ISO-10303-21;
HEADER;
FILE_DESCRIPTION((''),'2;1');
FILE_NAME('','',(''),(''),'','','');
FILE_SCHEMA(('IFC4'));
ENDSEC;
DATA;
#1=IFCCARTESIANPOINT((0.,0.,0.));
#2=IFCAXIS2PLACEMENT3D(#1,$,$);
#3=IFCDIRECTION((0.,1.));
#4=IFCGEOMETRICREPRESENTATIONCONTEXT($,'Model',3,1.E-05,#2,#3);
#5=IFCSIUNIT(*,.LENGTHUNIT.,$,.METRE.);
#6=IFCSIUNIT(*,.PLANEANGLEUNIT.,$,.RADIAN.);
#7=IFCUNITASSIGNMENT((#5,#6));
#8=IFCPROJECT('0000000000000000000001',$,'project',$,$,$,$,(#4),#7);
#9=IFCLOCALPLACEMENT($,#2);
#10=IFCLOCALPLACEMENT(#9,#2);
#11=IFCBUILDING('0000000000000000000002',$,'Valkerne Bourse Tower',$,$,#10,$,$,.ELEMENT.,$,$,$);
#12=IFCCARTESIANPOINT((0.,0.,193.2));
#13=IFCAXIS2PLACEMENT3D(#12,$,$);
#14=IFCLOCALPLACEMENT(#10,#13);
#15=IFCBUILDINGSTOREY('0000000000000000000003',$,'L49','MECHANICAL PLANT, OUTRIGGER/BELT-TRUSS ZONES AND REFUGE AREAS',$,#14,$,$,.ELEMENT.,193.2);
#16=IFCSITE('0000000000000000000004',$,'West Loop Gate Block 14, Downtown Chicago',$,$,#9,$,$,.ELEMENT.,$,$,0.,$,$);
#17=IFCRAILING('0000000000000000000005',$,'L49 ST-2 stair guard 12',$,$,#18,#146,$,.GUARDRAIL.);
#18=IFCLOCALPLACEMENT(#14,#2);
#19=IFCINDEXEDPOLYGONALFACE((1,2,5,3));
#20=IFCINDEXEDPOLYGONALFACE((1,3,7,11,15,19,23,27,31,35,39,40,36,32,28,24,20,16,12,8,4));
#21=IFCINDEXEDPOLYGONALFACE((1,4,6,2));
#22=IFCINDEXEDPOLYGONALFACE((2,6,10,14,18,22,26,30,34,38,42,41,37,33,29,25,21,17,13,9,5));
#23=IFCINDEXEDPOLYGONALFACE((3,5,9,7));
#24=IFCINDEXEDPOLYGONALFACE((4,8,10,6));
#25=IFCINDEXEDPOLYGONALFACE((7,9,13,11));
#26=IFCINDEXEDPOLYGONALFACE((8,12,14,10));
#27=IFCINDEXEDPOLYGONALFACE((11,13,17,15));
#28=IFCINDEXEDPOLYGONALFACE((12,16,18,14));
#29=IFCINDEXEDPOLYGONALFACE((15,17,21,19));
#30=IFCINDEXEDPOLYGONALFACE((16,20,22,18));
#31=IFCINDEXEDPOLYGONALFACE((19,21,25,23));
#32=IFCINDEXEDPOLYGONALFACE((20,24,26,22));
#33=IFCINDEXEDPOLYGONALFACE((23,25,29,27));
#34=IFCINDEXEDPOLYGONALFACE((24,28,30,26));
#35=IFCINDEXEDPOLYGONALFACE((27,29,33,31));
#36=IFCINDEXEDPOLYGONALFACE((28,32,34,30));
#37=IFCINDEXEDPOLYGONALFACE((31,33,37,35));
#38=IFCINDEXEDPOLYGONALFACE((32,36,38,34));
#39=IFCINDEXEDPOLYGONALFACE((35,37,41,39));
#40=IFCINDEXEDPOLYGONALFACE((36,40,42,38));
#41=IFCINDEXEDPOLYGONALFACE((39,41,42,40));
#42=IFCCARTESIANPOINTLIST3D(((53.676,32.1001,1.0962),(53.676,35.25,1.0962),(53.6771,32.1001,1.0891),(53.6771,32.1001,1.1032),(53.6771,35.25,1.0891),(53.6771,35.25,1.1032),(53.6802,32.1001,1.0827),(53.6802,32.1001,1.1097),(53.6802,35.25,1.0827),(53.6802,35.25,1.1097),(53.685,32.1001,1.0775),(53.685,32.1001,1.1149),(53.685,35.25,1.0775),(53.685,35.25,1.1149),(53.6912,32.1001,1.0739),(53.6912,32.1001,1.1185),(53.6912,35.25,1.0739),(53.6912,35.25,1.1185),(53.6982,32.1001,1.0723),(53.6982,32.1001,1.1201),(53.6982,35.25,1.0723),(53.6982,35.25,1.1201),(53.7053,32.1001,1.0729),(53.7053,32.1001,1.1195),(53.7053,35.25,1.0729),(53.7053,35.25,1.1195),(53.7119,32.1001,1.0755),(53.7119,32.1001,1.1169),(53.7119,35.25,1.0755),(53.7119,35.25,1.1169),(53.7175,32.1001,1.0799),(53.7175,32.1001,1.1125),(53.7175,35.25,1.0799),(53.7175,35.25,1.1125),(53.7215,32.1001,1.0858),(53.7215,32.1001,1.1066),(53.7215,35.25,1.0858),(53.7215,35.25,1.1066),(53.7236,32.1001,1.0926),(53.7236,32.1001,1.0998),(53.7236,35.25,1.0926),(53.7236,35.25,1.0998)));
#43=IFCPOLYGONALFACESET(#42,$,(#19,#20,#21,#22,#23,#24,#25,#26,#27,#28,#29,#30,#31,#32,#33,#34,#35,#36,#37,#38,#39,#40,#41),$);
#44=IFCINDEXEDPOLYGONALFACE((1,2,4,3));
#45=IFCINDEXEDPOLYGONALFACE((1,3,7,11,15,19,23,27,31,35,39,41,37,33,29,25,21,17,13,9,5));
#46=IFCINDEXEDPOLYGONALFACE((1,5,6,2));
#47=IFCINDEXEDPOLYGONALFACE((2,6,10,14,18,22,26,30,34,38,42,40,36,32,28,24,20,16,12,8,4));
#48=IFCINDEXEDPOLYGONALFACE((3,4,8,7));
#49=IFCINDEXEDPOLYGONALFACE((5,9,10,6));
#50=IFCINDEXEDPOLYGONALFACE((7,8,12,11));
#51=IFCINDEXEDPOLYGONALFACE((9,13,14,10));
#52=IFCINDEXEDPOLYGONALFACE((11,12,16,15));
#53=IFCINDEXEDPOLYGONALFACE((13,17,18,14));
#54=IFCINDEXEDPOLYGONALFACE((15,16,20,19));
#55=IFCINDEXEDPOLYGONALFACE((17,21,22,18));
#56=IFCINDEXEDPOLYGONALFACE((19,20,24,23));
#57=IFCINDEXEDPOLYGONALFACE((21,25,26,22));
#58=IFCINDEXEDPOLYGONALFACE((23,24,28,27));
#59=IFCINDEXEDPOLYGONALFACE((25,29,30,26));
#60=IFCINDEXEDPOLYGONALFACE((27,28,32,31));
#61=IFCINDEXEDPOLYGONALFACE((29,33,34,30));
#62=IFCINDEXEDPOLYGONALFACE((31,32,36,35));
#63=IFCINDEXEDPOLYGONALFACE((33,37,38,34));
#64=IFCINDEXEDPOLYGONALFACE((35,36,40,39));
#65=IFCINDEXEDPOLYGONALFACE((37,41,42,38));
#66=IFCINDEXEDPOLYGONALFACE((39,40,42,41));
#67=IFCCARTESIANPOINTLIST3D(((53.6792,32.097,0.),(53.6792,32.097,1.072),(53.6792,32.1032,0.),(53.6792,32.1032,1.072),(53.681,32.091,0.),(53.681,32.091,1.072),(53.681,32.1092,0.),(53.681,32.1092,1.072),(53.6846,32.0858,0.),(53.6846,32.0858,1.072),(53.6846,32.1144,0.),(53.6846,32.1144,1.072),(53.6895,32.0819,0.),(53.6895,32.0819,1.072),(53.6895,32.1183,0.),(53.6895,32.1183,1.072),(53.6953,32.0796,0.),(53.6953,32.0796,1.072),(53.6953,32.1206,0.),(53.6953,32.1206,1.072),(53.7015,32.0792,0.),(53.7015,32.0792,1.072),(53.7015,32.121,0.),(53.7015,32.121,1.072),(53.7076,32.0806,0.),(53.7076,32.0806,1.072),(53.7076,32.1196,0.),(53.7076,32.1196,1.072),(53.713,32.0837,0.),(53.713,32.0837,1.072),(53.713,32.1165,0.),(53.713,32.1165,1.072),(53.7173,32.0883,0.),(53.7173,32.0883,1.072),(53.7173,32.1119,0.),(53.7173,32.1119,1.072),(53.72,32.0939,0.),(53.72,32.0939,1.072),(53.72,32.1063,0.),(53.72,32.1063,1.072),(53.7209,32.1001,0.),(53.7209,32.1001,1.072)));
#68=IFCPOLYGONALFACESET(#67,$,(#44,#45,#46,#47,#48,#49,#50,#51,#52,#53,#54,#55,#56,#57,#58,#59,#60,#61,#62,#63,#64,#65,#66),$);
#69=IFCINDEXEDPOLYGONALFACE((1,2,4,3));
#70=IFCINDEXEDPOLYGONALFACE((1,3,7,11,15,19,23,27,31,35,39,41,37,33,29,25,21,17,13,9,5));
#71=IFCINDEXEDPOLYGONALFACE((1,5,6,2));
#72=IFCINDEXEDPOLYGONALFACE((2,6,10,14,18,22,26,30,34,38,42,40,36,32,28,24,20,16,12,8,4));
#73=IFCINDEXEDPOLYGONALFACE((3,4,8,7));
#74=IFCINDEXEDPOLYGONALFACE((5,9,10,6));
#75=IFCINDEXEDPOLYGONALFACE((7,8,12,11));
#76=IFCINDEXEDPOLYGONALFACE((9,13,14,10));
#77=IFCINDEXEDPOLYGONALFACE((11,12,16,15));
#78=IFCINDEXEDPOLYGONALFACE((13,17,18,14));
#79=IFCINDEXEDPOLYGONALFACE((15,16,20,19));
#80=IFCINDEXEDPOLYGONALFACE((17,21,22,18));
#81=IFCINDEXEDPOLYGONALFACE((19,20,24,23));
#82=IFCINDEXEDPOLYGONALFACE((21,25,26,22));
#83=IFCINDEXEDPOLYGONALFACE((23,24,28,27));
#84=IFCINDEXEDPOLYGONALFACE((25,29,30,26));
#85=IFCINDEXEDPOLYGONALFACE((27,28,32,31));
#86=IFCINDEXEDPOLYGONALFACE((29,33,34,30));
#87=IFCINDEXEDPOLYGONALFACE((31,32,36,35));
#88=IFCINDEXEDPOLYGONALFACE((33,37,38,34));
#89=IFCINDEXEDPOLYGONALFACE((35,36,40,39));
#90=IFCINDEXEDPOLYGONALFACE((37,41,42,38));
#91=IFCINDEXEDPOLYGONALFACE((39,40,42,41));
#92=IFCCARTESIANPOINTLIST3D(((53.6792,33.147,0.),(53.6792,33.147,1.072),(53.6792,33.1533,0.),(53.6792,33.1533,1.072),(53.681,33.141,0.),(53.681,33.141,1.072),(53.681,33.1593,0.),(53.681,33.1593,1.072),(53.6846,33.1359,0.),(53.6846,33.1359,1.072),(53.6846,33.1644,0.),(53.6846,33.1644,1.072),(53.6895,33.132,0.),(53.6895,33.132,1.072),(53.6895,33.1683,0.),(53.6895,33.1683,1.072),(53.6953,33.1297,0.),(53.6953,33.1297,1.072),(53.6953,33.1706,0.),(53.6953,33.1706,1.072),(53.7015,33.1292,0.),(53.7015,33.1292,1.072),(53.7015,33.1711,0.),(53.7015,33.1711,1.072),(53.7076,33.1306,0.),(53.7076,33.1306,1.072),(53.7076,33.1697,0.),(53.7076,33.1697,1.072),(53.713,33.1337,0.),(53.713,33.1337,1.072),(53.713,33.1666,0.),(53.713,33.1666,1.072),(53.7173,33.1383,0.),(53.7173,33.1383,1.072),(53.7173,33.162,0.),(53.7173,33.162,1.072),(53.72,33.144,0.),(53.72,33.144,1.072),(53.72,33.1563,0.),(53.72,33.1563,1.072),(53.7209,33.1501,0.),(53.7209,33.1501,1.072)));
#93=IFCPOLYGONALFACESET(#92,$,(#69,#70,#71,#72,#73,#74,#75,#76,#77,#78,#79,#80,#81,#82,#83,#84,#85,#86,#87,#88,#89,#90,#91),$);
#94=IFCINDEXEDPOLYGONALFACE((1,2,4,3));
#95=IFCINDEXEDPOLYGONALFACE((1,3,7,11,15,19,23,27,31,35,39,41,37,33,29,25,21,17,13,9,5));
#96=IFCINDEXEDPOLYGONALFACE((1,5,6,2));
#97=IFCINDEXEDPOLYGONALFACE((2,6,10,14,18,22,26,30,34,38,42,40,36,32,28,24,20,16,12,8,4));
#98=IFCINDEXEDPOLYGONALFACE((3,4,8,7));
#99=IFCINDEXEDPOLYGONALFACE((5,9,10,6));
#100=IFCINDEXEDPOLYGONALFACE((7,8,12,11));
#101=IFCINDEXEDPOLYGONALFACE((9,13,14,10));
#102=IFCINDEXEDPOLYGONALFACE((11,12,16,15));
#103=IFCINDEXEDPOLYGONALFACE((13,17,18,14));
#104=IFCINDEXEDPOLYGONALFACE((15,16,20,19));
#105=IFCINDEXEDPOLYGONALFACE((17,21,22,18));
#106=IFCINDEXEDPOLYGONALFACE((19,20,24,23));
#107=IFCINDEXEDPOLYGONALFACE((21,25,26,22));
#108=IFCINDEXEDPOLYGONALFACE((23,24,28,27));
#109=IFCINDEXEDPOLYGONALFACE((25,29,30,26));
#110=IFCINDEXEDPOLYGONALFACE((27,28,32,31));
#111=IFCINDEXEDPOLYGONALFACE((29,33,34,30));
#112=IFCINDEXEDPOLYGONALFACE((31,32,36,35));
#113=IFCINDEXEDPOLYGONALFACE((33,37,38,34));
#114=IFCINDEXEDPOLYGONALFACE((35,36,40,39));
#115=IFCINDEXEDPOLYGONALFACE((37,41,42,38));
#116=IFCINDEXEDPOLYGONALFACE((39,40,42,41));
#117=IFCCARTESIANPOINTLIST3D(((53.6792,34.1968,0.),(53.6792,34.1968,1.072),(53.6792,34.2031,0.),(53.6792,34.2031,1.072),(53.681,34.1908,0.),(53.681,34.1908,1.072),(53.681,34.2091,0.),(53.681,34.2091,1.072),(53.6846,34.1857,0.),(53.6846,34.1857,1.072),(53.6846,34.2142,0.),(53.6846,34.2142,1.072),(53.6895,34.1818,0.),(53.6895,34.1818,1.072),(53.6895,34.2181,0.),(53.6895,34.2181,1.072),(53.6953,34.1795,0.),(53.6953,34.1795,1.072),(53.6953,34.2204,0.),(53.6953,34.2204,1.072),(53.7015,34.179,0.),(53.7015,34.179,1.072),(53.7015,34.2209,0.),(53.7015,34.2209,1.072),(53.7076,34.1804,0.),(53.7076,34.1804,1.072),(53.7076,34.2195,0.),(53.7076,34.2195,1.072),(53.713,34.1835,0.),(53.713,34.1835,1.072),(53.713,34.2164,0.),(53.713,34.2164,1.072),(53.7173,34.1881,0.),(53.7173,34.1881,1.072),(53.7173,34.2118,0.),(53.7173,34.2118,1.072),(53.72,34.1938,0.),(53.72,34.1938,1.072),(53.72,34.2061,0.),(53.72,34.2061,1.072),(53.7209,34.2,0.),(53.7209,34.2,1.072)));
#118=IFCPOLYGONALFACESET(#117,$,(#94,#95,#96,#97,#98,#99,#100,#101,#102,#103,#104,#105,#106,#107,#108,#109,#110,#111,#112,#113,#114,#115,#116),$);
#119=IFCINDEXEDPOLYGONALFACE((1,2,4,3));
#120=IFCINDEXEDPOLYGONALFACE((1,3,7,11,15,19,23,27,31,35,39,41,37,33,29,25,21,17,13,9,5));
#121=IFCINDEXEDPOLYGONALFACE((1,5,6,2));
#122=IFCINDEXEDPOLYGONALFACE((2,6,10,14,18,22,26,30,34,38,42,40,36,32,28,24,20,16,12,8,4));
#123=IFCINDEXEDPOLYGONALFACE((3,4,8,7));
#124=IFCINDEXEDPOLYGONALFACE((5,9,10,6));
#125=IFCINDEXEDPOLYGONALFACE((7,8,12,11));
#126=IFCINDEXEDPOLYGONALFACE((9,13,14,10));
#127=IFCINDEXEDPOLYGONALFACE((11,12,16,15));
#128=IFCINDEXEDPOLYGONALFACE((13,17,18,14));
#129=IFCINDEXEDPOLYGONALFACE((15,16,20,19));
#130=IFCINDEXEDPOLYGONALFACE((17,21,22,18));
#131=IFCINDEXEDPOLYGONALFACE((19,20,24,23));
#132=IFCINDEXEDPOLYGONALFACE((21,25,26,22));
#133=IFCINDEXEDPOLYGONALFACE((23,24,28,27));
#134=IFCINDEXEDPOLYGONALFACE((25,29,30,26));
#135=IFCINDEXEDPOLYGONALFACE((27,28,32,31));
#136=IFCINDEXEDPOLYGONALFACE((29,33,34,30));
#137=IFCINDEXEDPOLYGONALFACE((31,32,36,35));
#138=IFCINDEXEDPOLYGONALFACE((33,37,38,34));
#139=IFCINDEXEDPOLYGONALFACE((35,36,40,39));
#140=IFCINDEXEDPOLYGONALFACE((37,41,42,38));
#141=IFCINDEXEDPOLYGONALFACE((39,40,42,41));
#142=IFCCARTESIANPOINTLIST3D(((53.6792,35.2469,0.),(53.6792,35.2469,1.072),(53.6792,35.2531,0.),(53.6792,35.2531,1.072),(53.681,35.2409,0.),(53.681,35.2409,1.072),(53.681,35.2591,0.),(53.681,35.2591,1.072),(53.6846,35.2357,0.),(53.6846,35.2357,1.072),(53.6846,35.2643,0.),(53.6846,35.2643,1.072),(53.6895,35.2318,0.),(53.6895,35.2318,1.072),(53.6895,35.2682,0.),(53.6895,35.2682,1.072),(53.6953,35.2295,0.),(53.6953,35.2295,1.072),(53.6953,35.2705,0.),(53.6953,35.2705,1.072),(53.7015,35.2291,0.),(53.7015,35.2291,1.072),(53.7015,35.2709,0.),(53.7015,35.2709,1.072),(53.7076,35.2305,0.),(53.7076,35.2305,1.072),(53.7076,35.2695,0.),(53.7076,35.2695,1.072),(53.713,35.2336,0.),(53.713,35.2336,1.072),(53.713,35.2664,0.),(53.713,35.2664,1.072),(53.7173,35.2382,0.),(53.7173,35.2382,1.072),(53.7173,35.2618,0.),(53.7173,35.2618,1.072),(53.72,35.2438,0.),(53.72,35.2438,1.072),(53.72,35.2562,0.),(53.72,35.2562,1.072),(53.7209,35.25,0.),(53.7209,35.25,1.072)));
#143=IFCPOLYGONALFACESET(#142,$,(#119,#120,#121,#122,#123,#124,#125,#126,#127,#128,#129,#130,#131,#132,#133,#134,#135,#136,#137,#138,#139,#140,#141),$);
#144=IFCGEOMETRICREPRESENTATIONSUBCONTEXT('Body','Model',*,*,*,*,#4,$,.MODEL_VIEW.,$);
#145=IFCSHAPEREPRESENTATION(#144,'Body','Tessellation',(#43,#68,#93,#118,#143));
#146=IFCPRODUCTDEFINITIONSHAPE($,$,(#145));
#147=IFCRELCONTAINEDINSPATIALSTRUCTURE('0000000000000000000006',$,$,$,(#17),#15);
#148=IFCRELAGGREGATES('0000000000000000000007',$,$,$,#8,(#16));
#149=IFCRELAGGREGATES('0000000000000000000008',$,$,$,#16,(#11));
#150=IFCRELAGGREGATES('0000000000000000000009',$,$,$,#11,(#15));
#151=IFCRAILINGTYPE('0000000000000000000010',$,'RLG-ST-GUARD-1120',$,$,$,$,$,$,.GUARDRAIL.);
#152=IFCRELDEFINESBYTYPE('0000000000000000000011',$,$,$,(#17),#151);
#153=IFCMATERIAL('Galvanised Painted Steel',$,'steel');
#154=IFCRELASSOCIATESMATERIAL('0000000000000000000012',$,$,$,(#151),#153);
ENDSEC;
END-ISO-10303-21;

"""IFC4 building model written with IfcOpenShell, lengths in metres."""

from ifc_helpers import new_model, si_unit, direction, frame, origin, origin_2d, place, context, subcontext, project, spatial, circle, extrude, material, type_object, element, save


model = new_model("IFC4")

# Units and contexts
model_context = context("Model", 3, precision=1e-05, world=origin(), true_north=direction((0.0, 1.0)))
body_context = subcontext(model_context, "Body", "Model", "MODEL_VIEW")
ifc_project = project(units=[si_unit("LENGTHUNIT", "METRE"), si_unit("PLANEANGLEUNIT", "RADIAN")], contexts=[model_context])

# Site, building, storey
site_placement = place(None, origin())
site = spatial("IfcSite", under=ifc_project, at=site_placement, Name="West Loop Gate Block 14, Downtown Chicago", CompositionType="ELEMENT", RefElevation=0.0)
building_placement = place(site_placement, origin())
building = spatial("IfcBuilding", under=site, at=building_placement, Name="Valkerne Bourse Tower", CompositionType="ELEMENT")
storey_placement = place(building_placement, frame((0.0, 0.0, 193.2)))
storey = spatial("IfcBuildingStorey", under=building, at=storey_placement, Name="L49", Description="MECHANICAL PLANT, OUTRIGGER/BELT-TRUSS ZONES AND REFUGE AREAS", CompositionType="ELEMENT", Elevation=193.2)

# Railing
ifc_material_1 = material(Name="Galvanised Painted Steel", Category="steel")
railing_type_1 = type_object("IfcRailingType", Name="RLG-ST-GUARD-1120", PredefinedType="GUARDRAIL", material=ifc_material_1)
railing_1_placement = place(storey_placement, frame((53.7, 32.1001, 0.0)))
element("IfcRailing", 1, at=railing_1_placement, inside=storey, type_object=railing_type_1, Name="L49 ST-2 stair guard 12", PredefinedType="GUARDRAIL", context=body_context, shape_type="SweptSolid", body=[
    extrude(circle(Radius=0.0239, at=origin_2d()), frame((0.0, 0.0, 1.0962), z_axis=(0.0, 1.0, 0.0), x_axis=(-1.0, 0.0, 0.0)), (0.0, 0.0, 1.0), 3.1499),
    extrude(circle(Radius=0.021, at=origin_2d()), origin(), (0.0, 0.0, 1.0), 1.072),
    extrude(circle(Radius=0.021, at=origin_2d()), frame((0.0, 1.05, 0.0)), (0.0, 0.0, 1.0), 1.072),
    extrude(circle(Radius=0.021, at=origin_2d()), frame((0.0, 2.0999, 0.0)), (0.0, 0.0, 1.0), 1.072),
    extrude(circle(Radius=0.021, at=origin_2d()), frame((0.0, 3.1499, 0.0)), (0.0, 0.0, 1.0), 1.072),
])

save(model, "model.ifc")
